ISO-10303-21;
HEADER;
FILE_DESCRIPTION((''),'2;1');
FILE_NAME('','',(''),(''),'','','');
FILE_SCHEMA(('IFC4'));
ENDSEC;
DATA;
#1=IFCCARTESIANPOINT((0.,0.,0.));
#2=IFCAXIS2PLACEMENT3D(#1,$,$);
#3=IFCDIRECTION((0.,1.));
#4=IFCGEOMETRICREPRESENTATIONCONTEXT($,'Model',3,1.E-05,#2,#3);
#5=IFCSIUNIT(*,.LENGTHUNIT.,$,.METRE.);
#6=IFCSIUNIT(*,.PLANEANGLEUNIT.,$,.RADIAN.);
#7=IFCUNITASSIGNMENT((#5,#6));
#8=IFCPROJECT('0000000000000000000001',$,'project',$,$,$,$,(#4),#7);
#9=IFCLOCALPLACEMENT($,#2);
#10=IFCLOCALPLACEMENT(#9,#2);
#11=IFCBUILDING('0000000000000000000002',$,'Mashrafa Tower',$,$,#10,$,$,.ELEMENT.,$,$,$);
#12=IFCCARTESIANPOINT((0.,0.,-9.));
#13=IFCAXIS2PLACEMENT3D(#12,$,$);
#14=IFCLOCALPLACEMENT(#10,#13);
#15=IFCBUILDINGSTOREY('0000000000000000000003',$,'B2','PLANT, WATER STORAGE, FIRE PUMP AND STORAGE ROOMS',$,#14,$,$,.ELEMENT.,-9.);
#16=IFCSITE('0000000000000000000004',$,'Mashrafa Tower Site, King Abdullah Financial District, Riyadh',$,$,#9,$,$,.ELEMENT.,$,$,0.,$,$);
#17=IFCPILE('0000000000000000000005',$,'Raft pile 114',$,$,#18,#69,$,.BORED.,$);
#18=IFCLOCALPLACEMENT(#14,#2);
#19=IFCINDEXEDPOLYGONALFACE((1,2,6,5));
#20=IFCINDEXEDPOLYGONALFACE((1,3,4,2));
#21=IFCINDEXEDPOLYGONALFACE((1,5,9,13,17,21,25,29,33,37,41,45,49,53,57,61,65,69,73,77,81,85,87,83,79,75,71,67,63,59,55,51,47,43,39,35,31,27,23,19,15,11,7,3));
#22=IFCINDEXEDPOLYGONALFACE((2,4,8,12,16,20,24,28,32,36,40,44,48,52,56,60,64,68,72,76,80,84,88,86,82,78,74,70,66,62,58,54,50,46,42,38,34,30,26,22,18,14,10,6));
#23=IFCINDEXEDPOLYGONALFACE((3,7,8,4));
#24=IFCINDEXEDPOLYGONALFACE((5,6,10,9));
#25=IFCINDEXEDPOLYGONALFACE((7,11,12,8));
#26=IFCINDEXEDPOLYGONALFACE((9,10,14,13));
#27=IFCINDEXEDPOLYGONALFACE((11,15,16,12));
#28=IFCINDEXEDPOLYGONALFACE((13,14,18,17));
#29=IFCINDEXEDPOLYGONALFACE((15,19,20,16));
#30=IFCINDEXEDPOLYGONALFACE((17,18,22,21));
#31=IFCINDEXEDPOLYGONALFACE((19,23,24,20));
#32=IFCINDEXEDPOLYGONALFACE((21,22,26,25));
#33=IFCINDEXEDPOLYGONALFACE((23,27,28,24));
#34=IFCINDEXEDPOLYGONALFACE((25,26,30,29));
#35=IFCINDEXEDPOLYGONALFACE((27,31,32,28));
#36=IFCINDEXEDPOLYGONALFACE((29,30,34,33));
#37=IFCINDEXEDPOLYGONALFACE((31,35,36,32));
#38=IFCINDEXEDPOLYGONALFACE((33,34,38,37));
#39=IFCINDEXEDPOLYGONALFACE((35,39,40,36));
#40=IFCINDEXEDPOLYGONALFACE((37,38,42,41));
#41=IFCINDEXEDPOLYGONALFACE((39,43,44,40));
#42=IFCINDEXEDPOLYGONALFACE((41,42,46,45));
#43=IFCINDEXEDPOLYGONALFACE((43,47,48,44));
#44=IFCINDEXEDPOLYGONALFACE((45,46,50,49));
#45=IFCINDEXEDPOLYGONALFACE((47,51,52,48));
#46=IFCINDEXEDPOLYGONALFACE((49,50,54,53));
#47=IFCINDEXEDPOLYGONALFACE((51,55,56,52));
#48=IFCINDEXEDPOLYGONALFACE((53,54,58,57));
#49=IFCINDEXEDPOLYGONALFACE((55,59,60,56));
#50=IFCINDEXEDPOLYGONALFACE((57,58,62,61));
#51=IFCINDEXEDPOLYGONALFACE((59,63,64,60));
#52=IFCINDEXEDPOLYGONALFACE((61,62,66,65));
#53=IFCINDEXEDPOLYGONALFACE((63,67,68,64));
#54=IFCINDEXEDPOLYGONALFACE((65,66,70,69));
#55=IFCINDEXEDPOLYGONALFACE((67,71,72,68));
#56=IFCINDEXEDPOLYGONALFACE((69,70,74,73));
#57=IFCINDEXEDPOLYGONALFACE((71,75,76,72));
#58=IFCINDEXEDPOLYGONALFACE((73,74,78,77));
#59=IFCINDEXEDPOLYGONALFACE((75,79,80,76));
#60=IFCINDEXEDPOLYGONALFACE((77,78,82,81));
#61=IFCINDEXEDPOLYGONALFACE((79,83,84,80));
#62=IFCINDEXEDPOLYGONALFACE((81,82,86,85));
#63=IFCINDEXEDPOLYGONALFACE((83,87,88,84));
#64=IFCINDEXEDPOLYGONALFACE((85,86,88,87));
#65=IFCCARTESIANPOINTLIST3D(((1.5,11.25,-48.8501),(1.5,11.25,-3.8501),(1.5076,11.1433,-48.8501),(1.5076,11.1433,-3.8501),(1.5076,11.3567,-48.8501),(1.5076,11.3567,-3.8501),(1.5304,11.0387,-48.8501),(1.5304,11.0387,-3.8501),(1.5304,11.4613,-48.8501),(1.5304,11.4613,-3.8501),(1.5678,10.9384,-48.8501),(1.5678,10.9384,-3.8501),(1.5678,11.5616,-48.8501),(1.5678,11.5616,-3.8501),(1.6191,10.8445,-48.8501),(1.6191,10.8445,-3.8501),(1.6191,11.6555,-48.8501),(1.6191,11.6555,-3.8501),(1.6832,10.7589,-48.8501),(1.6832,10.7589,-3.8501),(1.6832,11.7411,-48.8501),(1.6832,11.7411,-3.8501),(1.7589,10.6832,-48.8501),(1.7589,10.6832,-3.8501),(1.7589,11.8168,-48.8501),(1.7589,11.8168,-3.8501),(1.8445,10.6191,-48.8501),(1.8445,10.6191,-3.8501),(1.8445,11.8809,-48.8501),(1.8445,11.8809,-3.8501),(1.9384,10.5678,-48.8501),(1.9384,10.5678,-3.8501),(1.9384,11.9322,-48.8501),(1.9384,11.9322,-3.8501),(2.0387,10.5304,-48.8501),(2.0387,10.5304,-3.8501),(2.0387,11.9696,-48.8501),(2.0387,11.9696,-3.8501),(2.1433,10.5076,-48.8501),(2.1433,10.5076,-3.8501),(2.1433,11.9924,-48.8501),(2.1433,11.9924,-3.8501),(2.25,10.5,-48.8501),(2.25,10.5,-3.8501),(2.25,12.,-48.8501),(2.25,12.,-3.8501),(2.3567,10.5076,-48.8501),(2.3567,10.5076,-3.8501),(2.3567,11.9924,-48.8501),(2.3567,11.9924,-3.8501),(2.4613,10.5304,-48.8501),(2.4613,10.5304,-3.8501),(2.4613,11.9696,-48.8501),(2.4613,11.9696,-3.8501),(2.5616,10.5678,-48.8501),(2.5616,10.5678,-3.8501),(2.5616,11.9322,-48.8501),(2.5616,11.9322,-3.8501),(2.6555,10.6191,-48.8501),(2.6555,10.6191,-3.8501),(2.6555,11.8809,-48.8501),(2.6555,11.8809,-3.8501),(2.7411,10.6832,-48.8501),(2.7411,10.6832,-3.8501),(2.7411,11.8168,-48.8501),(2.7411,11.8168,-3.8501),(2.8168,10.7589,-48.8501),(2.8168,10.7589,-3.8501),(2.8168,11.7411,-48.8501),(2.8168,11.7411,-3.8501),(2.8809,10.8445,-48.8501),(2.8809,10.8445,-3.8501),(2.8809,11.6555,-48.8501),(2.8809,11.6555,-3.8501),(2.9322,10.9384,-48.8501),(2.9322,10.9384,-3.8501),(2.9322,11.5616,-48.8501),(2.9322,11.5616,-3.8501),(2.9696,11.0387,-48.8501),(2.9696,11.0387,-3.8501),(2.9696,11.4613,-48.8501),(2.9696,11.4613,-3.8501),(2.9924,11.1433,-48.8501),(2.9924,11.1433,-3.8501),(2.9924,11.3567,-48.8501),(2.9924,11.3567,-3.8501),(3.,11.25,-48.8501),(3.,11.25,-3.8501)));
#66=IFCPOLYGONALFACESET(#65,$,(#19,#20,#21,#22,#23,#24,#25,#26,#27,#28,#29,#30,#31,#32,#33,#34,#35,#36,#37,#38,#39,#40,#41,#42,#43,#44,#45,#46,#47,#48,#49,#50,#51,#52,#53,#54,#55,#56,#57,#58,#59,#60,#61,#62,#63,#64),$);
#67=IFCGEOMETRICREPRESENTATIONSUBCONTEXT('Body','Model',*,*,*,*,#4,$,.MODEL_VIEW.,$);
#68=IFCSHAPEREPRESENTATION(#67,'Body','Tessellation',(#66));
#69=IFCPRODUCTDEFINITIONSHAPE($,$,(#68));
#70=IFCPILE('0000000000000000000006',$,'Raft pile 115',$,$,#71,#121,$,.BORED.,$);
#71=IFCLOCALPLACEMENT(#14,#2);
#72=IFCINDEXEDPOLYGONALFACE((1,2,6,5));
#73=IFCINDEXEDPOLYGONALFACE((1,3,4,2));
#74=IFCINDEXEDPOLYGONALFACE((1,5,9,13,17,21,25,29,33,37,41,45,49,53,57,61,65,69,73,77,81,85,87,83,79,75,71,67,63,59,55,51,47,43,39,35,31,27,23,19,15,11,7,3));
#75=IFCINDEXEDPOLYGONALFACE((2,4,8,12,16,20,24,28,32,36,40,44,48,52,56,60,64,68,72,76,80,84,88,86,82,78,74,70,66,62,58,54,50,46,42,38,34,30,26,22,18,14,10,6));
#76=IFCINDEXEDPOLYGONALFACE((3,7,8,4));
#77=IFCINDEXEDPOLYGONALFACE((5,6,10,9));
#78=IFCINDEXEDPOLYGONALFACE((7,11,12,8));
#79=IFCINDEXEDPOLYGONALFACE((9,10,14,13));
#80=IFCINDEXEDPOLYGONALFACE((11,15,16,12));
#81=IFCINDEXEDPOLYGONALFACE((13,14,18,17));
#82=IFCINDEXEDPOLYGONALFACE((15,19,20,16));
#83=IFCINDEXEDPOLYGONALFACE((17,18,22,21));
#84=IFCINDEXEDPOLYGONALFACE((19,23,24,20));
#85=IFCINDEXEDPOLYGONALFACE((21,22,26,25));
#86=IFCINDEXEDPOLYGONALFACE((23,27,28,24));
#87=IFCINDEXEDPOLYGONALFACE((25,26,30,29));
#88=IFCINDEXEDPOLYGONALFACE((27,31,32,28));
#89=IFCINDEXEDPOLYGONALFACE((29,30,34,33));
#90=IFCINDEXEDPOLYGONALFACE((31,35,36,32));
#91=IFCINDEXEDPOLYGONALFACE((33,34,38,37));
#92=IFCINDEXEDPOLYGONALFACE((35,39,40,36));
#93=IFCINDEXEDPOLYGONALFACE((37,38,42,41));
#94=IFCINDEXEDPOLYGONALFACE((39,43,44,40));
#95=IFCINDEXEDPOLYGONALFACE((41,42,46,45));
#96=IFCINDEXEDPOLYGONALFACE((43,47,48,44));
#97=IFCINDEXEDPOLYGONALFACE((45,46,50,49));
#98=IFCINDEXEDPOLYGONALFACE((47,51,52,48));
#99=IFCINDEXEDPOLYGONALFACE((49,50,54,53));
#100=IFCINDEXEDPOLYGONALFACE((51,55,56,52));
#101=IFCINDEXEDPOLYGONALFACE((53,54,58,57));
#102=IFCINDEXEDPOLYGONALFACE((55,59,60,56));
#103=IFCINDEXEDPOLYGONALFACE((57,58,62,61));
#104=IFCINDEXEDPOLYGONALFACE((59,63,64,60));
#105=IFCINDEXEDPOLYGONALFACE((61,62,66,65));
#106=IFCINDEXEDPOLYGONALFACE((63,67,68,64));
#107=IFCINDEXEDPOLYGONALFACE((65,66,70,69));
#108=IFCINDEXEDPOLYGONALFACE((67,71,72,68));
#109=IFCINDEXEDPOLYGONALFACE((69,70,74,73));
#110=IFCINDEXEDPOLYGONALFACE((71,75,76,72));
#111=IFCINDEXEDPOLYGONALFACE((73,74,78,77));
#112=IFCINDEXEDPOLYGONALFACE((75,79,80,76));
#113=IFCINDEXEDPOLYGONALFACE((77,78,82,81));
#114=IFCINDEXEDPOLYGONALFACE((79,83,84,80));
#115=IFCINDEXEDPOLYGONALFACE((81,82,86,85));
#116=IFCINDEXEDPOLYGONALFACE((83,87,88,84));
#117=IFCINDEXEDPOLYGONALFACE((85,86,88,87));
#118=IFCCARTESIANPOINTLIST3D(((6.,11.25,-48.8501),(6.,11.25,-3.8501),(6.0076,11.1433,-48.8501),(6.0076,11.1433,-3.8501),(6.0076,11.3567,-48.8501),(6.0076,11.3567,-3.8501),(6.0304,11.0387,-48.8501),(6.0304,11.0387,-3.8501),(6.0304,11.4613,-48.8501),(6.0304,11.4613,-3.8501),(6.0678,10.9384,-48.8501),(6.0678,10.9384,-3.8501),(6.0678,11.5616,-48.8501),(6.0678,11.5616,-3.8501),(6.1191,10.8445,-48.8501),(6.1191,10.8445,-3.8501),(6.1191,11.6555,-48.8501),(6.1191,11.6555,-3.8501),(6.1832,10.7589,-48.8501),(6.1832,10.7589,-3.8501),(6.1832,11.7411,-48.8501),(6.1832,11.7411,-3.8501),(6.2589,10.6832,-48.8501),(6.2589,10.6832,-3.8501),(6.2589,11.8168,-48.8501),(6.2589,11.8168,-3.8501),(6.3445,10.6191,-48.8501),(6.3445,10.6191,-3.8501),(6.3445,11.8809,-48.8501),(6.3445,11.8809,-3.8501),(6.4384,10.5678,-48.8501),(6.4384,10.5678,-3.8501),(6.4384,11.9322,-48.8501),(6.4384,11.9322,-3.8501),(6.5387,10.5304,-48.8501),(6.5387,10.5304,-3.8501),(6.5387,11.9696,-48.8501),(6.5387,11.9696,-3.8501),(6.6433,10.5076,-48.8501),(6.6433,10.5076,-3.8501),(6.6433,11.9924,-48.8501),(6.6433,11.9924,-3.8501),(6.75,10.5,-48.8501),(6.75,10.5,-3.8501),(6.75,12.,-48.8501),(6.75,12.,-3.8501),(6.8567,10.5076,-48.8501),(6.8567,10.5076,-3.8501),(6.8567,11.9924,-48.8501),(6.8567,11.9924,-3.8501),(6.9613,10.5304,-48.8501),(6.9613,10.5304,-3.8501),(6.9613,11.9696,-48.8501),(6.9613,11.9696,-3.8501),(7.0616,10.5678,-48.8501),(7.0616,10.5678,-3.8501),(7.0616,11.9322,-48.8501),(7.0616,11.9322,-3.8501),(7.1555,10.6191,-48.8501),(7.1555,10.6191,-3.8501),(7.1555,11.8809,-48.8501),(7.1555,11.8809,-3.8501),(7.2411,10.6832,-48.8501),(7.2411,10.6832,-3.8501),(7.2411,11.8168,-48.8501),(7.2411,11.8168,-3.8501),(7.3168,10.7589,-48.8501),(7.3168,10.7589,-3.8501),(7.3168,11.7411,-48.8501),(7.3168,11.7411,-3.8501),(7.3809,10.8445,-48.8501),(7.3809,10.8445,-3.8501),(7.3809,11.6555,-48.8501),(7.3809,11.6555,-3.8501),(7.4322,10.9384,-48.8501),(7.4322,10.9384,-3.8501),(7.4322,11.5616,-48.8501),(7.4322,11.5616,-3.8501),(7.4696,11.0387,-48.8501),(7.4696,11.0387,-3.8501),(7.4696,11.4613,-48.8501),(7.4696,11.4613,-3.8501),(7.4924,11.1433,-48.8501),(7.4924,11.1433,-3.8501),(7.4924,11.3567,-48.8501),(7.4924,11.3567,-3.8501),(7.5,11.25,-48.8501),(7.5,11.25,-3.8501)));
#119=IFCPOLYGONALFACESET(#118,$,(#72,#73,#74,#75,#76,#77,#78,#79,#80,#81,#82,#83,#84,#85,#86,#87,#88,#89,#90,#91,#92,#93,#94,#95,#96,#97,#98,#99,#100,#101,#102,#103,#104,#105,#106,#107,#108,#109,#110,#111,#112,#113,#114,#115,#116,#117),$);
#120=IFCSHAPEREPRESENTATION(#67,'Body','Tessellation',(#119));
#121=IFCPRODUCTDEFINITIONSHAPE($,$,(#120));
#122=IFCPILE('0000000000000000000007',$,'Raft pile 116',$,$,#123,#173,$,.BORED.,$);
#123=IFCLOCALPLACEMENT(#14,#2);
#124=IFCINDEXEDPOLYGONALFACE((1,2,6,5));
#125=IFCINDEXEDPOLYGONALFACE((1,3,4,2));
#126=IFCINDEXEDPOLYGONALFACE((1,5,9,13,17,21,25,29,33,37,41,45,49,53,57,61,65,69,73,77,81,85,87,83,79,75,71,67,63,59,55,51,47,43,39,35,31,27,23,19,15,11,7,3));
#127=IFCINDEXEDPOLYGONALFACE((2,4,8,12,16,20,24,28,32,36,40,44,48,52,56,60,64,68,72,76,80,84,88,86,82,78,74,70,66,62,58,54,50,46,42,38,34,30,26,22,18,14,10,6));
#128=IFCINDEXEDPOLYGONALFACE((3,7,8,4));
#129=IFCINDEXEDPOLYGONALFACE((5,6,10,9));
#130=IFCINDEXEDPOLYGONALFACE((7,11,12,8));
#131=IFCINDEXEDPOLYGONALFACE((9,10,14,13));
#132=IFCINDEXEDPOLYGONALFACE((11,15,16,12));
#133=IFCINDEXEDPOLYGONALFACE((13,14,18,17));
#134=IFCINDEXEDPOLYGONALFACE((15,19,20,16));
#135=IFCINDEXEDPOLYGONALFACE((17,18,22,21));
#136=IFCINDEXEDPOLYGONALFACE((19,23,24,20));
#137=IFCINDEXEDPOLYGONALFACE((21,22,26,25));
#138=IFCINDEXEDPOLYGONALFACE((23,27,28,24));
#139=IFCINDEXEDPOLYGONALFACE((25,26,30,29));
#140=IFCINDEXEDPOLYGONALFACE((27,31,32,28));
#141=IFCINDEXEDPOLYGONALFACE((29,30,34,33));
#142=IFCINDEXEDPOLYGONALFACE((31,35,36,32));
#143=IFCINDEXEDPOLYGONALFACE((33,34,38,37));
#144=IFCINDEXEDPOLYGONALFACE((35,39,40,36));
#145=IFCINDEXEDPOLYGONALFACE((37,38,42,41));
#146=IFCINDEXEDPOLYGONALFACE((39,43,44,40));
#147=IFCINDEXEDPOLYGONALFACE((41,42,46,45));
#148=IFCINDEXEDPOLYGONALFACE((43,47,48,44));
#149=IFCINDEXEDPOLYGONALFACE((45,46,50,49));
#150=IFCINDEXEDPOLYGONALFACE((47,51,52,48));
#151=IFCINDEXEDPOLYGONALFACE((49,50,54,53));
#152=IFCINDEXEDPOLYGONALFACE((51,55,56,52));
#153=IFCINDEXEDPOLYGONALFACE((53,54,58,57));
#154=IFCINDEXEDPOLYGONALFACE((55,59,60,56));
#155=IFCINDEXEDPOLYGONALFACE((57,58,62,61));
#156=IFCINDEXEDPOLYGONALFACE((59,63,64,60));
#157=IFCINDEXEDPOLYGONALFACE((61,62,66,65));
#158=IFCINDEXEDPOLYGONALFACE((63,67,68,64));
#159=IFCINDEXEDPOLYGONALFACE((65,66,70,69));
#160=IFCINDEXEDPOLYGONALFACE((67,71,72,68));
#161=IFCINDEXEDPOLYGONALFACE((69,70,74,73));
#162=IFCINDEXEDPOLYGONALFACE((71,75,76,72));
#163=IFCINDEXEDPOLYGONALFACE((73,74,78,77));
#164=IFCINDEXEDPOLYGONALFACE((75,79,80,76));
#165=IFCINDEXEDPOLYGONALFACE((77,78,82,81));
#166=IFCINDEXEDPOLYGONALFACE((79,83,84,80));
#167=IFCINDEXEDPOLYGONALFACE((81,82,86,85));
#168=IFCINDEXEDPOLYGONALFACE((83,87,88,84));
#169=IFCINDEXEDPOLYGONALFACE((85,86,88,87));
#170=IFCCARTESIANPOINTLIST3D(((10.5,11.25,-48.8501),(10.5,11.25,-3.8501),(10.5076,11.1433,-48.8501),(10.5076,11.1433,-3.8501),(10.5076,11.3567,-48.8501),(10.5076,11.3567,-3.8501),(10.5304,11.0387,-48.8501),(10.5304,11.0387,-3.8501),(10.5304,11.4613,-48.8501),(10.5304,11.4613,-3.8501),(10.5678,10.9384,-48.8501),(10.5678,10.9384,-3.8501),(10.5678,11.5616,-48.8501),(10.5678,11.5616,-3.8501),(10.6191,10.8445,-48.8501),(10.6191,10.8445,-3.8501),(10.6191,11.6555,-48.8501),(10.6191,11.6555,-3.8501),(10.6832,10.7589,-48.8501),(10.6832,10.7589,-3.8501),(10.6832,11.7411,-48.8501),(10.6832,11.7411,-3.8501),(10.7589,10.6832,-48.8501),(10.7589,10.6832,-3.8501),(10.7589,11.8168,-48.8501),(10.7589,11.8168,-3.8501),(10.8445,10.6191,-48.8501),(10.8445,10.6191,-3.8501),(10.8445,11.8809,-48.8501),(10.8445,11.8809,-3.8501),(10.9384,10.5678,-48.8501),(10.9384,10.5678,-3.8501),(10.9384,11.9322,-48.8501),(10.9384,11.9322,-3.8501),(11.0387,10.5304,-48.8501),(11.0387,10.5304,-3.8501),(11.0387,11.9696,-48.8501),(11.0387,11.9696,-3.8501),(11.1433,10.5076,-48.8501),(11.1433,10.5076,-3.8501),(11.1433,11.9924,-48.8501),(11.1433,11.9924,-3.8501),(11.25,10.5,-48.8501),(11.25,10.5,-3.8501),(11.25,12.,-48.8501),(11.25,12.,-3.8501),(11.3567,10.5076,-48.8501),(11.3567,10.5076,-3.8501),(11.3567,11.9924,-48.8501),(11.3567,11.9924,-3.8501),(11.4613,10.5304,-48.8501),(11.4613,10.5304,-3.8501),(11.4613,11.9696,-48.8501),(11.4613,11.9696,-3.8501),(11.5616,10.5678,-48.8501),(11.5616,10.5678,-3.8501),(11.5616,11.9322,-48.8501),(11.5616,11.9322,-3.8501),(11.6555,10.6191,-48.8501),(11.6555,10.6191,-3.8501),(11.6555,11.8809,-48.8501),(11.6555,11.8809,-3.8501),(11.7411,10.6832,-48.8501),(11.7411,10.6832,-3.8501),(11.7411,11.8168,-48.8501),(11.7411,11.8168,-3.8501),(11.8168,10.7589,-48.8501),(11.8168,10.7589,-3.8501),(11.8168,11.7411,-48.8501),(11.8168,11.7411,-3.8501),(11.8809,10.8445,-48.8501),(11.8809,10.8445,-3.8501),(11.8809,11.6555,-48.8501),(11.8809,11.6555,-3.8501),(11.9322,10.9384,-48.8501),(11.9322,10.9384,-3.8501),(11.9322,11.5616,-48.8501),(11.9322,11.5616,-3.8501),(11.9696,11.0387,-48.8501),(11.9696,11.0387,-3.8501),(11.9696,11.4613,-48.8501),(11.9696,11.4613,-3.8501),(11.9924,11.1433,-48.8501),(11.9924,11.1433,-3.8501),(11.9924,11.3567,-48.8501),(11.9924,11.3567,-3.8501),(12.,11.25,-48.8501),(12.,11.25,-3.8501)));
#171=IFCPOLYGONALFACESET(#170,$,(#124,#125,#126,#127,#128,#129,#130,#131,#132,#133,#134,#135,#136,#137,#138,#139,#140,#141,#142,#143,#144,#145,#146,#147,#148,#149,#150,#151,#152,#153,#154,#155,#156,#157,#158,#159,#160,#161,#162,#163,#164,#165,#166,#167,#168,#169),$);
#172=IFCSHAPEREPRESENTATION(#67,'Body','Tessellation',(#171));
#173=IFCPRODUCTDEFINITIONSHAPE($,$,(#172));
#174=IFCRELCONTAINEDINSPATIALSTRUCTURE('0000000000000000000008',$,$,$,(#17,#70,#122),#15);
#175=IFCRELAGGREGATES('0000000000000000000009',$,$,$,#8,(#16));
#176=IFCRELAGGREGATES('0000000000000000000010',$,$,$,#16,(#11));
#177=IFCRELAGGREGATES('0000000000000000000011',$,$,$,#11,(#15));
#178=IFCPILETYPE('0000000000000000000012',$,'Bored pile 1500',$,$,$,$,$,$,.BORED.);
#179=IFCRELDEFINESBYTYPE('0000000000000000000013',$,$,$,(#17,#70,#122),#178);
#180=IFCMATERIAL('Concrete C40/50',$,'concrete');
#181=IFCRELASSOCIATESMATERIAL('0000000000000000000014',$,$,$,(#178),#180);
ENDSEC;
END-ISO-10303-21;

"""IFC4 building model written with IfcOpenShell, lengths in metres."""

from ifc_helpers import new_model, si_unit, direction, frame, origin, origin_2d, place, context, subcontext, project, spatial, circle, extrude, material, material_profile, profile_set, type_object, element, save


model = new_model("IFC4")

# Units and contexts
model_context = context("Model", 3, precision=1e-05, world=origin(), true_north=direction((0.0, 1.0)))
body_context = subcontext(model_context, "Body", "Model", "MODEL_VIEW")
ifc_project = project(units=[si_unit("LENGTHUNIT", "METRE"), si_unit("PLANEANGLEUNIT", "RADIAN")], contexts=[model_context])

# Site, building, storey
site_placement = place(None, origin())
site = spatial("IfcSite", under=ifc_project, at=site_placement, Name="Mashrafa Tower Site, King Abdullah Financial District, Riyadh", CompositionType="ELEMENT", RefElevation=0.0)
building_placement = place(site_placement, origin())
building = spatial("IfcBuilding", under=site, at=building_placement, Name="Mashrafa Tower", CompositionType="ELEMENT")
storey_placement = place(building_placement, frame((0.0, 0.0, -9.0)))
storey = spatial("IfcBuildingStorey", under=building, at=storey_placement, Name="B2", Description="PLANT, WATER STORAGE, FIRE PUMP AND STORAGE ROOMS", CompositionType="ELEMENT", Elevation=-9.0)

# Piles
ifc_material_1 = material(Name="Concrete C40/50", Category="concrete")
ifc_material_profile_1 = material_profile(ifc_material_1, circle(Radius=0.75, at=origin_2d()), Name="1500 DIA")
ifc_profile_set_1 = profile_set([ifc_material_profile_1], Name="Concrete C40/50")
pile_type_1 = type_object("IfcPileType", Name="Bored pile 1500", PredefinedType="BORED", material=ifc_profile_set_1)
for number, where, z_axis, x_axis, name in (
    (1, (2.25, 11.25, -3.8501), (0.0, 0.0, -1.0), (1.0, 0.0, 0.0), "Raft pile 114"),
    (2, (6.75, 11.25, -3.8501), (0.0, 0.0, -1.0), (1.0, 0.0, 0.0), "Raft pile 115"),
    (3, (11.25, 11.25, -3.8501), (0.0, 0.0, -1.0), (1.0, 0.0, 0.0), "Raft pile 116"),
):
    element("IfcPile", number, at=place(storey_placement, frame(where, z_axis=z_axis, x_axis=x_axis)), inside=storey, type_object=pile_type_1, Name=name, PredefinedType="BORED", context=body_context, shape_type="SweptSolid", body=[
        extrude(circle(Radius=0.75, at=origin_2d()), origin(), (0.0, 0.0, 1.0), 45.0),
    ])

save(model, "model.ifc")
